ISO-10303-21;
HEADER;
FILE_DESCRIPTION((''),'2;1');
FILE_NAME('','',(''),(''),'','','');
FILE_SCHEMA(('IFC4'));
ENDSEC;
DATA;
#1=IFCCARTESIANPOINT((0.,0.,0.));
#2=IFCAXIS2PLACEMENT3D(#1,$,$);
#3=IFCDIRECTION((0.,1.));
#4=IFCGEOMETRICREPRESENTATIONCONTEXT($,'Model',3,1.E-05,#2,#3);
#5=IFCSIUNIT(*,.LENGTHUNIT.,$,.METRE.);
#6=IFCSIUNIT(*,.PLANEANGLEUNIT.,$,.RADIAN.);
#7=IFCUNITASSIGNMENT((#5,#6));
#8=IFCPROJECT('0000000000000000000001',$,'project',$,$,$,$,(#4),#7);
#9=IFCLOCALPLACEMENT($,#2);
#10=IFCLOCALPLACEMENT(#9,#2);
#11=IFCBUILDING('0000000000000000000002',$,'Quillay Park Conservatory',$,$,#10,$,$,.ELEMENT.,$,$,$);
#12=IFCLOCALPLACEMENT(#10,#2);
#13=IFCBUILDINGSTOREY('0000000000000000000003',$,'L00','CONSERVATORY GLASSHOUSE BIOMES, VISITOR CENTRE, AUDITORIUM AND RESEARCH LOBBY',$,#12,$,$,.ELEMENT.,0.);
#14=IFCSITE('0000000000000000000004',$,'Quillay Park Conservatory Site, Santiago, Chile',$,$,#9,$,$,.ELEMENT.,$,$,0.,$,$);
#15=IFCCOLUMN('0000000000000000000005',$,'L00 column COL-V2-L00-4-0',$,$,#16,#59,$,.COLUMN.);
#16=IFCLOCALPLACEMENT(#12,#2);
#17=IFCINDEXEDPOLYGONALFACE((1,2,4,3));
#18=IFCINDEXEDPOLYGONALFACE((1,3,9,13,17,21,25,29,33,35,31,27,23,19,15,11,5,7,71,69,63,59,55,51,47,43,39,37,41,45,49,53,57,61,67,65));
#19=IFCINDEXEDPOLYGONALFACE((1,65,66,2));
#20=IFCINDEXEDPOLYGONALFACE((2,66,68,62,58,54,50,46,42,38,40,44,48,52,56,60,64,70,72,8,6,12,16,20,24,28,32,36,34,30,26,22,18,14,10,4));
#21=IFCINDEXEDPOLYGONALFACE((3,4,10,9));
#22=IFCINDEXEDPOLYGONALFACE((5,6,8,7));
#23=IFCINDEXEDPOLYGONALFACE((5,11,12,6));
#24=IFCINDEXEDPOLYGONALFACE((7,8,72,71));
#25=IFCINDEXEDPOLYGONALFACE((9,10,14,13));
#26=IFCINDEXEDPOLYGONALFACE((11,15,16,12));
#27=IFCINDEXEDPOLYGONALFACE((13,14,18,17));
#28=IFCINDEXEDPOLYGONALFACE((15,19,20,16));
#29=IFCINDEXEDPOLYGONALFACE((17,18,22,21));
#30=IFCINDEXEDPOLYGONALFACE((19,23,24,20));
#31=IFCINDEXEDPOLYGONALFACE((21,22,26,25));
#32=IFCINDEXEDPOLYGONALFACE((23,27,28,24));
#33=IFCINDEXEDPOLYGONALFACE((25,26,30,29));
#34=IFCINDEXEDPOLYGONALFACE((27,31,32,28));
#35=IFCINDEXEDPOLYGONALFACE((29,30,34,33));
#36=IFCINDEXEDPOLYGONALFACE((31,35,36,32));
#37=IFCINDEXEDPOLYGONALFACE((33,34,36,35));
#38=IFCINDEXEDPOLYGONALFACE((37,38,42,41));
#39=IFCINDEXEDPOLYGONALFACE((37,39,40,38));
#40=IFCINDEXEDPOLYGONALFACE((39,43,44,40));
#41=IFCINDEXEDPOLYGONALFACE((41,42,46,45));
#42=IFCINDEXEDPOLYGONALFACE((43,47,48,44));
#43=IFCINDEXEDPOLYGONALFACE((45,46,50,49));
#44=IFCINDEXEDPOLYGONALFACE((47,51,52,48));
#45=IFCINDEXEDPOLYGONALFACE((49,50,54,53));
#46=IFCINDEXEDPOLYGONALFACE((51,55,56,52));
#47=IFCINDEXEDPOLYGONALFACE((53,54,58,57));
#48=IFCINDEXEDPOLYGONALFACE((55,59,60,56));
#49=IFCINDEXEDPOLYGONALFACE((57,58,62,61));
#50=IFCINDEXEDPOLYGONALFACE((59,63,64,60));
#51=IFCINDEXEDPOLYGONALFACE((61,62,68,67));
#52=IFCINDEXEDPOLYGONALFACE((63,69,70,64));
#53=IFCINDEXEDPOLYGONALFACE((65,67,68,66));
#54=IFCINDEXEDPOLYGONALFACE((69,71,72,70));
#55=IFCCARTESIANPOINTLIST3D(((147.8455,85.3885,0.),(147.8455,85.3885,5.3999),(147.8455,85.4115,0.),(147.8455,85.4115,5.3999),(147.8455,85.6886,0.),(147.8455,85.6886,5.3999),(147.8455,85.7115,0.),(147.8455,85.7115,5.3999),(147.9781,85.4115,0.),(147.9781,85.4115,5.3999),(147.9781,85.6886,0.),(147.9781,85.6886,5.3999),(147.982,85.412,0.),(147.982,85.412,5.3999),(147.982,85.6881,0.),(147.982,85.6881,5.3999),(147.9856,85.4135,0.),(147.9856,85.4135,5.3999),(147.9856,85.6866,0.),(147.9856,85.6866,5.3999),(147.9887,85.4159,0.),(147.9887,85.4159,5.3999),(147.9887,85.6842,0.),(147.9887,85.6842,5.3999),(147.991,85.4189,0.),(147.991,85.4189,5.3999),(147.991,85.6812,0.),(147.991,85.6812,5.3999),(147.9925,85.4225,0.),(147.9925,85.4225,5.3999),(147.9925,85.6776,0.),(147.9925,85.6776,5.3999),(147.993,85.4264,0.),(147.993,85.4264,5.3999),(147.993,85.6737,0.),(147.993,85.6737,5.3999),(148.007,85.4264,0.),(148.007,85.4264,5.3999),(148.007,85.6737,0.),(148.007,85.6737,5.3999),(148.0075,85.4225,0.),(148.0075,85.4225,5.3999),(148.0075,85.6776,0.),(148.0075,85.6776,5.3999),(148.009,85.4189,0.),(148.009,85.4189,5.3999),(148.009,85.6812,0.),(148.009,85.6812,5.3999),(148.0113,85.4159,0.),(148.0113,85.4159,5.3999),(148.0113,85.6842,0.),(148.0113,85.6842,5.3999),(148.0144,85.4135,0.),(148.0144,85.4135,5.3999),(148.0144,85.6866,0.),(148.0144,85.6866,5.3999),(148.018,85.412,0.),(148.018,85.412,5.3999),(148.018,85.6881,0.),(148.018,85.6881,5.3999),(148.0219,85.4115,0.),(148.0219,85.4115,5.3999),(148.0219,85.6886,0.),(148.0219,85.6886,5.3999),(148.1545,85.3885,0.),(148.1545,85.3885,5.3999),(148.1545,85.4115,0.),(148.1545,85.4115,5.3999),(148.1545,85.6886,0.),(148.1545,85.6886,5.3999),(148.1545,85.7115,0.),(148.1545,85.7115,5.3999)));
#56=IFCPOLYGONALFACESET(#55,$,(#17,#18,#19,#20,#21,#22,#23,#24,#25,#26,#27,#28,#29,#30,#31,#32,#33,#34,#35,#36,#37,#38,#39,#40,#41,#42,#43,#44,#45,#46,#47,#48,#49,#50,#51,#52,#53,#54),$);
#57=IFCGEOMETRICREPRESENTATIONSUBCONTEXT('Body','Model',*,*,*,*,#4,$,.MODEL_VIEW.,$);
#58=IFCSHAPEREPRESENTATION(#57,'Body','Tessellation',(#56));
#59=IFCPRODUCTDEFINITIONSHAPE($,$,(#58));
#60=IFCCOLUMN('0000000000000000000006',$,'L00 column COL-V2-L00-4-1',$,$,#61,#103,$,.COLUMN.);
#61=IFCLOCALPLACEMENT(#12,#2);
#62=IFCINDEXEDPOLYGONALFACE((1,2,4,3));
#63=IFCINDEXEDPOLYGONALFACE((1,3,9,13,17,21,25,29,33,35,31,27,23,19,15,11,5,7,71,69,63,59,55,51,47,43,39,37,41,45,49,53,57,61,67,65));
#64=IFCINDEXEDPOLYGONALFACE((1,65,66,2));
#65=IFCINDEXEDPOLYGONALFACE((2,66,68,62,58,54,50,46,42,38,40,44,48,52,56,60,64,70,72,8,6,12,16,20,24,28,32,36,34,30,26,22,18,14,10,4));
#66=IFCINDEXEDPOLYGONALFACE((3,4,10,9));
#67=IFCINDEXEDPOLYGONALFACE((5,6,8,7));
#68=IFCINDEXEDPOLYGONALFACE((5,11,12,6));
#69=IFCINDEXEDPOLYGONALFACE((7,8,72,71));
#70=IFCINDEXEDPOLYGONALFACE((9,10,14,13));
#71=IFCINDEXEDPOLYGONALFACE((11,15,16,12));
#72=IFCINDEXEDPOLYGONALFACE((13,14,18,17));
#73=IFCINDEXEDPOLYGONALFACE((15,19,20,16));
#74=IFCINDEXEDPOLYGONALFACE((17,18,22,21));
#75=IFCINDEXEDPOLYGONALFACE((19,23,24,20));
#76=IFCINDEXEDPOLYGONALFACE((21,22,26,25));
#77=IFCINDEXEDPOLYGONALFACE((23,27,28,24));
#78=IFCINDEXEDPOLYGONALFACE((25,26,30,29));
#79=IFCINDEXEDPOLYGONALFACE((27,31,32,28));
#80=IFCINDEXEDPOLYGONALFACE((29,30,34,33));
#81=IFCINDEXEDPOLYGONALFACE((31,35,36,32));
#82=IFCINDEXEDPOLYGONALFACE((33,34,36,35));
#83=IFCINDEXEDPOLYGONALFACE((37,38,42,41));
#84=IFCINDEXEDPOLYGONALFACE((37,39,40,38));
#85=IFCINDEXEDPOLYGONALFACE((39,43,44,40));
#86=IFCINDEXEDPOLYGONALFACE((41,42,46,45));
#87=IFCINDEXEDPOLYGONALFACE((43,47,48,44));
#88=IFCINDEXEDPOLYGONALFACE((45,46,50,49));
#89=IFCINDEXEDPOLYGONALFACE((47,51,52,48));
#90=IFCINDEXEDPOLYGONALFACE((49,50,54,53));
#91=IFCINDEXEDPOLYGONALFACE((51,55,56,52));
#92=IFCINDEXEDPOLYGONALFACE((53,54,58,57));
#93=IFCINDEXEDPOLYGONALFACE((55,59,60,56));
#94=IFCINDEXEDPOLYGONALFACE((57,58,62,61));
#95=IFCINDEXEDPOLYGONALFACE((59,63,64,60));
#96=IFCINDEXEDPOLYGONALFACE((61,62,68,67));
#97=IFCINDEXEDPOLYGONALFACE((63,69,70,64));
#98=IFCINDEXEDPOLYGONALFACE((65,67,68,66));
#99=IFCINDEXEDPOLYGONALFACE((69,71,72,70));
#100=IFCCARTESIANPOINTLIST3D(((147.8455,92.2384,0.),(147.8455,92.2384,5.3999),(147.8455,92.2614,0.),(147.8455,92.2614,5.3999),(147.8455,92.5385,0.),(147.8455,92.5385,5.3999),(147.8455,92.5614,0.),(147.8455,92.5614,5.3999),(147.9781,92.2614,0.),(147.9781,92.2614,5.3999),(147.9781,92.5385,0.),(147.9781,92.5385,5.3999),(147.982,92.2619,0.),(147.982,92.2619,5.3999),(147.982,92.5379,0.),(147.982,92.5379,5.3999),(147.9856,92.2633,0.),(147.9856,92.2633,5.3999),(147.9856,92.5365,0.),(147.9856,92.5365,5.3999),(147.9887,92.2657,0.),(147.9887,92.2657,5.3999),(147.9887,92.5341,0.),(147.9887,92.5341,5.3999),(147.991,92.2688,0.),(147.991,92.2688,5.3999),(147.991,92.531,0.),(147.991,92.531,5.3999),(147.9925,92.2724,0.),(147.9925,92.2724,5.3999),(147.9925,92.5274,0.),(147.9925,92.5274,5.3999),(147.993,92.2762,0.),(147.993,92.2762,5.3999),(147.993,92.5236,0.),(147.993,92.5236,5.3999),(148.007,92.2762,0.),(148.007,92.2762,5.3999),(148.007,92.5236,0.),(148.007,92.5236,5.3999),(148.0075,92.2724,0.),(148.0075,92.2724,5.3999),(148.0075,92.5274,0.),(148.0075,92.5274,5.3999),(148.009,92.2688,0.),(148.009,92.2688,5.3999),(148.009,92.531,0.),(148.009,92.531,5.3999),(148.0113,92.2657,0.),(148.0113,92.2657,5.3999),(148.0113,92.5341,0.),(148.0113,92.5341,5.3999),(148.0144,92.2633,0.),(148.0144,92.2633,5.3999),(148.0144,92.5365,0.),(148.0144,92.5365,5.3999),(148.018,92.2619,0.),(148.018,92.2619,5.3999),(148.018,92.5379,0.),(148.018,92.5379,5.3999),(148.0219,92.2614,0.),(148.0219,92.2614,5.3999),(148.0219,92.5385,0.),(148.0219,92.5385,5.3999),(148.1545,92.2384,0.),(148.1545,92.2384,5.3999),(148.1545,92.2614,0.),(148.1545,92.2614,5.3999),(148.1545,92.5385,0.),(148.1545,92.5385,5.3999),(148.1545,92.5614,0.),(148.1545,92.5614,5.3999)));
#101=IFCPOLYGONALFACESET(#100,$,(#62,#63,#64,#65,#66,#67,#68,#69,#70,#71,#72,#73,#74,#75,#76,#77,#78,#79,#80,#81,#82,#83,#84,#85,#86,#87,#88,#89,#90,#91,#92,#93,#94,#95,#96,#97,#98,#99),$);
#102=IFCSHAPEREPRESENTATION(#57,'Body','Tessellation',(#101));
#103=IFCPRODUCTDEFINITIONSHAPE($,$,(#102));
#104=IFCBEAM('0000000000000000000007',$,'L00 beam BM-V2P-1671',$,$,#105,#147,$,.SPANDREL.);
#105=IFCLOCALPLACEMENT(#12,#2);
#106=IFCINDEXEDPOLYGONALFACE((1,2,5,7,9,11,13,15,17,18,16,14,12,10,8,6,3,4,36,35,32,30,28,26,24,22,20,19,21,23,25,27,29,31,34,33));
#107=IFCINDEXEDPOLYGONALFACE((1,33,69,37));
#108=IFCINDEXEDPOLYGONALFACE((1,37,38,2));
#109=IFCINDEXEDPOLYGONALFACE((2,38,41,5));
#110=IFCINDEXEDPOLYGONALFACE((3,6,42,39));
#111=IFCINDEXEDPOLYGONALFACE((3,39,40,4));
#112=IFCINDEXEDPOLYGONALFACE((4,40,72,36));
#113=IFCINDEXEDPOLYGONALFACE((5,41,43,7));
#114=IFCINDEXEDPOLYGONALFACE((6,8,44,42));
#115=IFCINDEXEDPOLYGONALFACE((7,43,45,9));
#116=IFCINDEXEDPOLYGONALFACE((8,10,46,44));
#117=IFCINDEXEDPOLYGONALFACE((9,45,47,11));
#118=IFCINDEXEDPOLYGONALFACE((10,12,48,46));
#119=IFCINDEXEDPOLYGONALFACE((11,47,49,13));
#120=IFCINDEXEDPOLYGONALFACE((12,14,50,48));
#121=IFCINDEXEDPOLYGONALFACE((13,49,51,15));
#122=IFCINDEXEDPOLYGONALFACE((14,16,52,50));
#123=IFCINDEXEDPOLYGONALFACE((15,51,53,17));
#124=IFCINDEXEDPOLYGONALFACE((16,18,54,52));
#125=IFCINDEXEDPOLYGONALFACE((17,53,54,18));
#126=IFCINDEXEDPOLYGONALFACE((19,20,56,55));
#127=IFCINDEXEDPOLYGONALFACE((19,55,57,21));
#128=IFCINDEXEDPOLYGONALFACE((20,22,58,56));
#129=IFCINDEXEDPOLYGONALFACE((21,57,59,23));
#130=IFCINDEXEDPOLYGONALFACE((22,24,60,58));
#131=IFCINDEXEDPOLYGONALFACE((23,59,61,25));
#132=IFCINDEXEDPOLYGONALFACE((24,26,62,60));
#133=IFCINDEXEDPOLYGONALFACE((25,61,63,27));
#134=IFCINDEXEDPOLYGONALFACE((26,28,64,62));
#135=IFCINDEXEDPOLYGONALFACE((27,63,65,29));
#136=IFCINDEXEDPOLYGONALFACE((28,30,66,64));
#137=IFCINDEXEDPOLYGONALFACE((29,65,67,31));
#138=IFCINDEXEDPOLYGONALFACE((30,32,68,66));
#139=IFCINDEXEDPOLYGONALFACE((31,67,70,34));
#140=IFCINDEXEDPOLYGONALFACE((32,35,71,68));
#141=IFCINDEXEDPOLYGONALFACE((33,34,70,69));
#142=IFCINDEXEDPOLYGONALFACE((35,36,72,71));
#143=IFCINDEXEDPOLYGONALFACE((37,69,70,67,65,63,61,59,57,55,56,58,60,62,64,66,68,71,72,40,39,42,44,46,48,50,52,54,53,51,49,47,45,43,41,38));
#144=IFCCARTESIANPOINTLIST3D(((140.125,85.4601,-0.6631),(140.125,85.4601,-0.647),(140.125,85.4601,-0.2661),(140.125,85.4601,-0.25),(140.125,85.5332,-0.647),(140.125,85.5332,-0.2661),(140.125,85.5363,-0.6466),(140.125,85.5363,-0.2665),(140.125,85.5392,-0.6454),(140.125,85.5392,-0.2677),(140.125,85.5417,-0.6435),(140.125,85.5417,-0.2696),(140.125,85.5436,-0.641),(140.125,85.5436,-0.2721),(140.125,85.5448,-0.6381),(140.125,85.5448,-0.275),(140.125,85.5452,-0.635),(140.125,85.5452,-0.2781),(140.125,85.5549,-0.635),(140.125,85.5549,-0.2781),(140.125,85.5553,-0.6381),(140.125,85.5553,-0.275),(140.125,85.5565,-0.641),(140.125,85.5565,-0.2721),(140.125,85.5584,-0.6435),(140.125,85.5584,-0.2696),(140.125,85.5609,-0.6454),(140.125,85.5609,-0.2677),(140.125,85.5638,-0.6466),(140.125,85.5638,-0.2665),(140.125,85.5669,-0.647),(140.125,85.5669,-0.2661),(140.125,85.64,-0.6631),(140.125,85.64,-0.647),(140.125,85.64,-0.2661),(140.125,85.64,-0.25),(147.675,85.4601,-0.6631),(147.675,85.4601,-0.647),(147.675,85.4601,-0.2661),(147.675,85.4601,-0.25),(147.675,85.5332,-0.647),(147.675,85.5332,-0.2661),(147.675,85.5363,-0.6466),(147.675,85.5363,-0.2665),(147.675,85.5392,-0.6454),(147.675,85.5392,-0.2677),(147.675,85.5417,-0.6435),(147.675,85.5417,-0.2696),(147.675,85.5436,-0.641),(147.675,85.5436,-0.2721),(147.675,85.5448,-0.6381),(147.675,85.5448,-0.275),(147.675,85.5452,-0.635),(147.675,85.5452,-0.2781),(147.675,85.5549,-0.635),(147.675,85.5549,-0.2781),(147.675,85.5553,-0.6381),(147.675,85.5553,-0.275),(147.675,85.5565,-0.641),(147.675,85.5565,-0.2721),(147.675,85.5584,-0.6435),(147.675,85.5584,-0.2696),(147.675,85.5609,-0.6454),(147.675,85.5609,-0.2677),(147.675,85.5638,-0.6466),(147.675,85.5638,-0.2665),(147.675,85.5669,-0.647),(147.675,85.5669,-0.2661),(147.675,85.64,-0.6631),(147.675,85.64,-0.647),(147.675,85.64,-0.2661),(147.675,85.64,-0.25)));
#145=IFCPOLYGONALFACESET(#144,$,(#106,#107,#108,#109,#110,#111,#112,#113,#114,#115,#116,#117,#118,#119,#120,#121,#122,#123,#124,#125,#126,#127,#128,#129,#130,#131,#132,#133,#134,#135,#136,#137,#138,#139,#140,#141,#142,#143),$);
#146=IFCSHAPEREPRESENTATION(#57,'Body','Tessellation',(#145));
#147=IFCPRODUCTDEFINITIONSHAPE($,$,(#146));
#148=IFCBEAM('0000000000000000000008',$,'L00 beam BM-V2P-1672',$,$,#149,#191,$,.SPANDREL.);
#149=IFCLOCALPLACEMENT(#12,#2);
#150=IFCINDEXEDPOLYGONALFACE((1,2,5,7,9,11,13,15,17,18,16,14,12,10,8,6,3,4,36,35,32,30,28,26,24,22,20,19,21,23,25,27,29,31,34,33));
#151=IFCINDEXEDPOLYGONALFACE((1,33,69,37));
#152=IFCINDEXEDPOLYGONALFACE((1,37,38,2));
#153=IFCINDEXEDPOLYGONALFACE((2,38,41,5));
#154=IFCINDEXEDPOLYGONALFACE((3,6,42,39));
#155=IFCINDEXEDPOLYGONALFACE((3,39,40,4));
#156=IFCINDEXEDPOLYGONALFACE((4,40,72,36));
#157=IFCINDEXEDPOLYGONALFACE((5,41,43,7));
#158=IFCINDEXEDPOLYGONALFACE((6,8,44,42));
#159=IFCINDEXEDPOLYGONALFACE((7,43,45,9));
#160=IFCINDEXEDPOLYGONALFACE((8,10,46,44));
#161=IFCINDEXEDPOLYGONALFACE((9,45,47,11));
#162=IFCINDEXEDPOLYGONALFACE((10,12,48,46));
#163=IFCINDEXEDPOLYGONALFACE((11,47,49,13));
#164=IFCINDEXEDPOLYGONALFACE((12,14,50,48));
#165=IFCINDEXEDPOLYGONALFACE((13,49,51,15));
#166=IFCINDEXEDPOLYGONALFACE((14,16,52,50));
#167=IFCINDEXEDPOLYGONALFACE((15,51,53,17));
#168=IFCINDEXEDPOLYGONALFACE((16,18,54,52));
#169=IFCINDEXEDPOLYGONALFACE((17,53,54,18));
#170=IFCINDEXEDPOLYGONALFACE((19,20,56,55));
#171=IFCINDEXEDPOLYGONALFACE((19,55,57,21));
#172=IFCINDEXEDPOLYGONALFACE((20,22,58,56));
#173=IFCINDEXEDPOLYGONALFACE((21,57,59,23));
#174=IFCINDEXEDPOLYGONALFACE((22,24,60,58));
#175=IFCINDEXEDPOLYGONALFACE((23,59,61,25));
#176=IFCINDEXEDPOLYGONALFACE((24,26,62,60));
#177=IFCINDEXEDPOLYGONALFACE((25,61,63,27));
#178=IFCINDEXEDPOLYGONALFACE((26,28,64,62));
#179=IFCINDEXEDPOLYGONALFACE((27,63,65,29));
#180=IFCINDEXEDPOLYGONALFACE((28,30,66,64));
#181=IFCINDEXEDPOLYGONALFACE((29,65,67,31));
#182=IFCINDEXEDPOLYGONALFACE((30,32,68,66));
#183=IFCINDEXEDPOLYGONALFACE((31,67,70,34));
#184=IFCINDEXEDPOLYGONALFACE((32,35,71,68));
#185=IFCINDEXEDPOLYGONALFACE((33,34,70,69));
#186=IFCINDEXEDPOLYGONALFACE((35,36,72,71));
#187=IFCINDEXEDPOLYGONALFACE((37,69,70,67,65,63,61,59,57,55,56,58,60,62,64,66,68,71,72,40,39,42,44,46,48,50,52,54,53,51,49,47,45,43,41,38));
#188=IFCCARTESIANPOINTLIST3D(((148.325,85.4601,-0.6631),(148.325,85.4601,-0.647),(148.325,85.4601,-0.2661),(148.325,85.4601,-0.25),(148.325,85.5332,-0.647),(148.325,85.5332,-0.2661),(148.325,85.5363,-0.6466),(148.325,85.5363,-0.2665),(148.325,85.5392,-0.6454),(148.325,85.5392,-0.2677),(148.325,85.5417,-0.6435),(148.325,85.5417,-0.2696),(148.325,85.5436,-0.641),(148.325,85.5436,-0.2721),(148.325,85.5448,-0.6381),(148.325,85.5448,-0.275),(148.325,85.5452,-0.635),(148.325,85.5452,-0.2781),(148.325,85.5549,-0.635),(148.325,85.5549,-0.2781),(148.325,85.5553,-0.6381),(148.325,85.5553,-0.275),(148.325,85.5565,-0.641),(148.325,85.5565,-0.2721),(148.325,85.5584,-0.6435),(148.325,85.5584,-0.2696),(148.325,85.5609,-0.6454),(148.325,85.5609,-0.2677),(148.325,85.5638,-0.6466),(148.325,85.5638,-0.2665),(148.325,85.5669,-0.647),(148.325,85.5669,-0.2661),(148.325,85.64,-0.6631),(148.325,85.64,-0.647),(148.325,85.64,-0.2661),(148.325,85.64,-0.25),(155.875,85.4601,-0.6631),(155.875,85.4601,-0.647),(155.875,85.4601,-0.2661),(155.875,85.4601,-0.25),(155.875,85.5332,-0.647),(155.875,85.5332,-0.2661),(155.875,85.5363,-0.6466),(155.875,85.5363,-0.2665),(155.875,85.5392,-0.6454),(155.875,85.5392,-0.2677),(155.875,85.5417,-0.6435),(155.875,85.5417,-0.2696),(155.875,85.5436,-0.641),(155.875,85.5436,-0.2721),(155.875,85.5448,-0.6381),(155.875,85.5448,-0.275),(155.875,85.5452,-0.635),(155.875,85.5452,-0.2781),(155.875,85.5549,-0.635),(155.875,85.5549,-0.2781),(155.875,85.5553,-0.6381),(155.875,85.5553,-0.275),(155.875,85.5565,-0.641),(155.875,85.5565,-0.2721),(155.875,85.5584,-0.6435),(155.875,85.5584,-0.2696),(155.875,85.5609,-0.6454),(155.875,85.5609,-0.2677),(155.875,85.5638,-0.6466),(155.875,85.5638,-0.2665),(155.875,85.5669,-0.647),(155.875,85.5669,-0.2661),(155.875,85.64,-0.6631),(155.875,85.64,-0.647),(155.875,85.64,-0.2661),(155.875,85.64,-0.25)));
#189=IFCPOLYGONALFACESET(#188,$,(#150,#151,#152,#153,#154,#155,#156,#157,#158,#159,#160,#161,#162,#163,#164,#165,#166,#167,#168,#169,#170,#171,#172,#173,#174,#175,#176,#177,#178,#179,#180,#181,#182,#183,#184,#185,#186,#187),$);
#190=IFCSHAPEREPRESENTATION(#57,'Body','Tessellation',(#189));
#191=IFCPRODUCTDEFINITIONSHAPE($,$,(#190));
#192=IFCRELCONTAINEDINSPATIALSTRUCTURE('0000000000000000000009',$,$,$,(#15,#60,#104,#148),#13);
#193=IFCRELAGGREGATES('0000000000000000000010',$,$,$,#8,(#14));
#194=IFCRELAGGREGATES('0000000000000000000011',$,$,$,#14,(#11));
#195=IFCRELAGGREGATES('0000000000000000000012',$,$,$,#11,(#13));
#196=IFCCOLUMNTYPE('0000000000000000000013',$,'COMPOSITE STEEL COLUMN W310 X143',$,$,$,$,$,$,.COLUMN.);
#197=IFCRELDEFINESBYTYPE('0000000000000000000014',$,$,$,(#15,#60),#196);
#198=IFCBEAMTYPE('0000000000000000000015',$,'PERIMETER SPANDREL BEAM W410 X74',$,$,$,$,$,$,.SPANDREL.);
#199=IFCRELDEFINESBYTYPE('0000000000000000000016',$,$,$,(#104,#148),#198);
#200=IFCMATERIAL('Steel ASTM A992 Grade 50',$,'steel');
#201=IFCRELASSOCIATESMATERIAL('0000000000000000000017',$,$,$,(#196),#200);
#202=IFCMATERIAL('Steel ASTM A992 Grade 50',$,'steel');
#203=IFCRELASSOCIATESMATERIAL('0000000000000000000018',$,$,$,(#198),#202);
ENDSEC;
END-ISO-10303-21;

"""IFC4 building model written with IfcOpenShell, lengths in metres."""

from ifc_helpers import new_model, si_unit, direction, frame, origin, origin_2d, place, context, subcontext, project, spatial, i_section, extrude, material, material_profile, profile_set, type_object, element, save


model = new_model("IFC4")

# Units and contexts
model_context = context("Model", 3, precision=1e-05, world=origin(), true_north=direction((0.0, 1.0)))
body_context = subcontext(model_context, "Body", "Model", "MODEL_VIEW")
ifc_project = project(units=[si_unit("LENGTHUNIT", "METRE"), si_unit("PLANEANGLEUNIT", "RADIAN")], contexts=[model_context])

# Site, building, storey
site_placement = place(None, origin())
site = spatial("IfcSite", under=ifc_project, at=site_placement, Name="Quillay Park Conservatory Site, Santiago, Chile", CompositionType="ELEMENT", RefElevation=0.0)
building_placement = place(site_placement, origin())
building = spatial("IfcBuilding", under=site, at=building_placement, Name="Quillay Park Conservatory", CompositionType="ELEMENT")
storey_placement = place(building_placement, origin())
storey = spatial("IfcBuildingStorey", under=building, at=storey_placement, Name="L00", Description="CONSERVATORY GLASSHOUSE BIOMES, VISITOR CENTRE, AUDITORIUM AND RESEARCH LOBBY", CompositionType="ELEMENT", Elevation=0.0)

# Columns
ifc_material_1 = material(Name="Steel ASTM A992 Grade 50", Category="steel")
ifc_material_profile_1 = material_profile(ifc_material_1, i_section(OverallWidth=0.3091, OverallDepth=0.323, WebThickness=0.0139, FlangeThickness=0.0229, FilletRadius=0.0149, at=origin_2d()), Name="W310x143")
ifc_profile_set_1 = profile_set([ifc_material_profile_1], Name="Steel ASTM A992 Grade 50")
column_type = type_object("IfcColumnType", Name="COMPOSITE STEEL COLUMN W310 X143", PredefinedType="COLUMN", material=ifc_profile_set_1)
for number, where, z_axis, x_axis, name in (
    (1, (148.0, 85.55, 0.0), (0.0, 0.0, 1.0), (1.0, 0.0, 0.0), "L00 column COL-V2-L00-4-0"),
    (2, (148.0, 92.3999, 0.0), (0.0, 0.0, 1.0), (1.0, 0.0, 0.0), "L00 column COL-V2-L00-4-1"),
):
    element("IfcColumn", number, at=place(storey_placement, frame(where, z_axis=z_axis, x_axis=x_axis)), inside=storey, type_object=column_type, Name=name, PredefinedType="COLUMN", context=body_context, shape_type="SweptSolid", body=[
        extrude(i_section(OverallWidth=0.3091, OverallDepth=0.323, WebThickness=0.0139, FlangeThickness=0.0229, FilletRadius=0.0149, at=origin_2d()), origin(), (0.0, 0.0, 1.0), 5.3999),
    ])

# Beams
ifc_material_2 = material(Name="Steel ASTM A992 Grade 50", Category="steel")
ifc_material_profile_2 = material_profile(ifc_material_2, i_section(OverallWidth=0.1799, OverallDepth=0.4131, WebThickness=0.0098, FlangeThickness=0.0161, FilletRadius=0.012, at=origin_2d()), Name="W410x74")
ifc_profile_set_2 = profile_set([ifc_material_profile_2], Name="Steel ASTM A992 Grade 50")
beam_type_1 = type_object("IfcBeamType", Name="PERIMETER SPANDREL BEAM W410 X74", PredefinedType="SPANDREL", material=ifc_profile_set_2)
for number, where, z_axis, x_axis, name in (
    (3, (140.125, 85.55, -0.4565), (1.0, 0.0, 0.0), (0.0, 1.0, 0.0), "L00 beam BM-V2P-1671"),
    (4, (148.325, 85.55, -0.4565), (1.0, 0.0, 0.0), (0.0, 1.0, 0.0), "L00 beam BM-V2P-1672"),
):
    element("IfcBeam", number, at=place(storey_placement, frame(where, z_axis=z_axis, x_axis=x_axis)), inside=storey, type_object=beam_type_1, Name=name, PredefinedType="SPANDREL", context=body_context, shape_type="SweptSolid", body=[
        extrude(i_section(OverallWidth=0.1799, OverallDepth=0.4131, WebThickness=0.0098, FlangeThickness=0.0161, FilletRadius=0.012, at=origin_2d()), origin(), (0.0, 0.0, 1.0), 7.55),
    ])

save(model, "model.ifc")
